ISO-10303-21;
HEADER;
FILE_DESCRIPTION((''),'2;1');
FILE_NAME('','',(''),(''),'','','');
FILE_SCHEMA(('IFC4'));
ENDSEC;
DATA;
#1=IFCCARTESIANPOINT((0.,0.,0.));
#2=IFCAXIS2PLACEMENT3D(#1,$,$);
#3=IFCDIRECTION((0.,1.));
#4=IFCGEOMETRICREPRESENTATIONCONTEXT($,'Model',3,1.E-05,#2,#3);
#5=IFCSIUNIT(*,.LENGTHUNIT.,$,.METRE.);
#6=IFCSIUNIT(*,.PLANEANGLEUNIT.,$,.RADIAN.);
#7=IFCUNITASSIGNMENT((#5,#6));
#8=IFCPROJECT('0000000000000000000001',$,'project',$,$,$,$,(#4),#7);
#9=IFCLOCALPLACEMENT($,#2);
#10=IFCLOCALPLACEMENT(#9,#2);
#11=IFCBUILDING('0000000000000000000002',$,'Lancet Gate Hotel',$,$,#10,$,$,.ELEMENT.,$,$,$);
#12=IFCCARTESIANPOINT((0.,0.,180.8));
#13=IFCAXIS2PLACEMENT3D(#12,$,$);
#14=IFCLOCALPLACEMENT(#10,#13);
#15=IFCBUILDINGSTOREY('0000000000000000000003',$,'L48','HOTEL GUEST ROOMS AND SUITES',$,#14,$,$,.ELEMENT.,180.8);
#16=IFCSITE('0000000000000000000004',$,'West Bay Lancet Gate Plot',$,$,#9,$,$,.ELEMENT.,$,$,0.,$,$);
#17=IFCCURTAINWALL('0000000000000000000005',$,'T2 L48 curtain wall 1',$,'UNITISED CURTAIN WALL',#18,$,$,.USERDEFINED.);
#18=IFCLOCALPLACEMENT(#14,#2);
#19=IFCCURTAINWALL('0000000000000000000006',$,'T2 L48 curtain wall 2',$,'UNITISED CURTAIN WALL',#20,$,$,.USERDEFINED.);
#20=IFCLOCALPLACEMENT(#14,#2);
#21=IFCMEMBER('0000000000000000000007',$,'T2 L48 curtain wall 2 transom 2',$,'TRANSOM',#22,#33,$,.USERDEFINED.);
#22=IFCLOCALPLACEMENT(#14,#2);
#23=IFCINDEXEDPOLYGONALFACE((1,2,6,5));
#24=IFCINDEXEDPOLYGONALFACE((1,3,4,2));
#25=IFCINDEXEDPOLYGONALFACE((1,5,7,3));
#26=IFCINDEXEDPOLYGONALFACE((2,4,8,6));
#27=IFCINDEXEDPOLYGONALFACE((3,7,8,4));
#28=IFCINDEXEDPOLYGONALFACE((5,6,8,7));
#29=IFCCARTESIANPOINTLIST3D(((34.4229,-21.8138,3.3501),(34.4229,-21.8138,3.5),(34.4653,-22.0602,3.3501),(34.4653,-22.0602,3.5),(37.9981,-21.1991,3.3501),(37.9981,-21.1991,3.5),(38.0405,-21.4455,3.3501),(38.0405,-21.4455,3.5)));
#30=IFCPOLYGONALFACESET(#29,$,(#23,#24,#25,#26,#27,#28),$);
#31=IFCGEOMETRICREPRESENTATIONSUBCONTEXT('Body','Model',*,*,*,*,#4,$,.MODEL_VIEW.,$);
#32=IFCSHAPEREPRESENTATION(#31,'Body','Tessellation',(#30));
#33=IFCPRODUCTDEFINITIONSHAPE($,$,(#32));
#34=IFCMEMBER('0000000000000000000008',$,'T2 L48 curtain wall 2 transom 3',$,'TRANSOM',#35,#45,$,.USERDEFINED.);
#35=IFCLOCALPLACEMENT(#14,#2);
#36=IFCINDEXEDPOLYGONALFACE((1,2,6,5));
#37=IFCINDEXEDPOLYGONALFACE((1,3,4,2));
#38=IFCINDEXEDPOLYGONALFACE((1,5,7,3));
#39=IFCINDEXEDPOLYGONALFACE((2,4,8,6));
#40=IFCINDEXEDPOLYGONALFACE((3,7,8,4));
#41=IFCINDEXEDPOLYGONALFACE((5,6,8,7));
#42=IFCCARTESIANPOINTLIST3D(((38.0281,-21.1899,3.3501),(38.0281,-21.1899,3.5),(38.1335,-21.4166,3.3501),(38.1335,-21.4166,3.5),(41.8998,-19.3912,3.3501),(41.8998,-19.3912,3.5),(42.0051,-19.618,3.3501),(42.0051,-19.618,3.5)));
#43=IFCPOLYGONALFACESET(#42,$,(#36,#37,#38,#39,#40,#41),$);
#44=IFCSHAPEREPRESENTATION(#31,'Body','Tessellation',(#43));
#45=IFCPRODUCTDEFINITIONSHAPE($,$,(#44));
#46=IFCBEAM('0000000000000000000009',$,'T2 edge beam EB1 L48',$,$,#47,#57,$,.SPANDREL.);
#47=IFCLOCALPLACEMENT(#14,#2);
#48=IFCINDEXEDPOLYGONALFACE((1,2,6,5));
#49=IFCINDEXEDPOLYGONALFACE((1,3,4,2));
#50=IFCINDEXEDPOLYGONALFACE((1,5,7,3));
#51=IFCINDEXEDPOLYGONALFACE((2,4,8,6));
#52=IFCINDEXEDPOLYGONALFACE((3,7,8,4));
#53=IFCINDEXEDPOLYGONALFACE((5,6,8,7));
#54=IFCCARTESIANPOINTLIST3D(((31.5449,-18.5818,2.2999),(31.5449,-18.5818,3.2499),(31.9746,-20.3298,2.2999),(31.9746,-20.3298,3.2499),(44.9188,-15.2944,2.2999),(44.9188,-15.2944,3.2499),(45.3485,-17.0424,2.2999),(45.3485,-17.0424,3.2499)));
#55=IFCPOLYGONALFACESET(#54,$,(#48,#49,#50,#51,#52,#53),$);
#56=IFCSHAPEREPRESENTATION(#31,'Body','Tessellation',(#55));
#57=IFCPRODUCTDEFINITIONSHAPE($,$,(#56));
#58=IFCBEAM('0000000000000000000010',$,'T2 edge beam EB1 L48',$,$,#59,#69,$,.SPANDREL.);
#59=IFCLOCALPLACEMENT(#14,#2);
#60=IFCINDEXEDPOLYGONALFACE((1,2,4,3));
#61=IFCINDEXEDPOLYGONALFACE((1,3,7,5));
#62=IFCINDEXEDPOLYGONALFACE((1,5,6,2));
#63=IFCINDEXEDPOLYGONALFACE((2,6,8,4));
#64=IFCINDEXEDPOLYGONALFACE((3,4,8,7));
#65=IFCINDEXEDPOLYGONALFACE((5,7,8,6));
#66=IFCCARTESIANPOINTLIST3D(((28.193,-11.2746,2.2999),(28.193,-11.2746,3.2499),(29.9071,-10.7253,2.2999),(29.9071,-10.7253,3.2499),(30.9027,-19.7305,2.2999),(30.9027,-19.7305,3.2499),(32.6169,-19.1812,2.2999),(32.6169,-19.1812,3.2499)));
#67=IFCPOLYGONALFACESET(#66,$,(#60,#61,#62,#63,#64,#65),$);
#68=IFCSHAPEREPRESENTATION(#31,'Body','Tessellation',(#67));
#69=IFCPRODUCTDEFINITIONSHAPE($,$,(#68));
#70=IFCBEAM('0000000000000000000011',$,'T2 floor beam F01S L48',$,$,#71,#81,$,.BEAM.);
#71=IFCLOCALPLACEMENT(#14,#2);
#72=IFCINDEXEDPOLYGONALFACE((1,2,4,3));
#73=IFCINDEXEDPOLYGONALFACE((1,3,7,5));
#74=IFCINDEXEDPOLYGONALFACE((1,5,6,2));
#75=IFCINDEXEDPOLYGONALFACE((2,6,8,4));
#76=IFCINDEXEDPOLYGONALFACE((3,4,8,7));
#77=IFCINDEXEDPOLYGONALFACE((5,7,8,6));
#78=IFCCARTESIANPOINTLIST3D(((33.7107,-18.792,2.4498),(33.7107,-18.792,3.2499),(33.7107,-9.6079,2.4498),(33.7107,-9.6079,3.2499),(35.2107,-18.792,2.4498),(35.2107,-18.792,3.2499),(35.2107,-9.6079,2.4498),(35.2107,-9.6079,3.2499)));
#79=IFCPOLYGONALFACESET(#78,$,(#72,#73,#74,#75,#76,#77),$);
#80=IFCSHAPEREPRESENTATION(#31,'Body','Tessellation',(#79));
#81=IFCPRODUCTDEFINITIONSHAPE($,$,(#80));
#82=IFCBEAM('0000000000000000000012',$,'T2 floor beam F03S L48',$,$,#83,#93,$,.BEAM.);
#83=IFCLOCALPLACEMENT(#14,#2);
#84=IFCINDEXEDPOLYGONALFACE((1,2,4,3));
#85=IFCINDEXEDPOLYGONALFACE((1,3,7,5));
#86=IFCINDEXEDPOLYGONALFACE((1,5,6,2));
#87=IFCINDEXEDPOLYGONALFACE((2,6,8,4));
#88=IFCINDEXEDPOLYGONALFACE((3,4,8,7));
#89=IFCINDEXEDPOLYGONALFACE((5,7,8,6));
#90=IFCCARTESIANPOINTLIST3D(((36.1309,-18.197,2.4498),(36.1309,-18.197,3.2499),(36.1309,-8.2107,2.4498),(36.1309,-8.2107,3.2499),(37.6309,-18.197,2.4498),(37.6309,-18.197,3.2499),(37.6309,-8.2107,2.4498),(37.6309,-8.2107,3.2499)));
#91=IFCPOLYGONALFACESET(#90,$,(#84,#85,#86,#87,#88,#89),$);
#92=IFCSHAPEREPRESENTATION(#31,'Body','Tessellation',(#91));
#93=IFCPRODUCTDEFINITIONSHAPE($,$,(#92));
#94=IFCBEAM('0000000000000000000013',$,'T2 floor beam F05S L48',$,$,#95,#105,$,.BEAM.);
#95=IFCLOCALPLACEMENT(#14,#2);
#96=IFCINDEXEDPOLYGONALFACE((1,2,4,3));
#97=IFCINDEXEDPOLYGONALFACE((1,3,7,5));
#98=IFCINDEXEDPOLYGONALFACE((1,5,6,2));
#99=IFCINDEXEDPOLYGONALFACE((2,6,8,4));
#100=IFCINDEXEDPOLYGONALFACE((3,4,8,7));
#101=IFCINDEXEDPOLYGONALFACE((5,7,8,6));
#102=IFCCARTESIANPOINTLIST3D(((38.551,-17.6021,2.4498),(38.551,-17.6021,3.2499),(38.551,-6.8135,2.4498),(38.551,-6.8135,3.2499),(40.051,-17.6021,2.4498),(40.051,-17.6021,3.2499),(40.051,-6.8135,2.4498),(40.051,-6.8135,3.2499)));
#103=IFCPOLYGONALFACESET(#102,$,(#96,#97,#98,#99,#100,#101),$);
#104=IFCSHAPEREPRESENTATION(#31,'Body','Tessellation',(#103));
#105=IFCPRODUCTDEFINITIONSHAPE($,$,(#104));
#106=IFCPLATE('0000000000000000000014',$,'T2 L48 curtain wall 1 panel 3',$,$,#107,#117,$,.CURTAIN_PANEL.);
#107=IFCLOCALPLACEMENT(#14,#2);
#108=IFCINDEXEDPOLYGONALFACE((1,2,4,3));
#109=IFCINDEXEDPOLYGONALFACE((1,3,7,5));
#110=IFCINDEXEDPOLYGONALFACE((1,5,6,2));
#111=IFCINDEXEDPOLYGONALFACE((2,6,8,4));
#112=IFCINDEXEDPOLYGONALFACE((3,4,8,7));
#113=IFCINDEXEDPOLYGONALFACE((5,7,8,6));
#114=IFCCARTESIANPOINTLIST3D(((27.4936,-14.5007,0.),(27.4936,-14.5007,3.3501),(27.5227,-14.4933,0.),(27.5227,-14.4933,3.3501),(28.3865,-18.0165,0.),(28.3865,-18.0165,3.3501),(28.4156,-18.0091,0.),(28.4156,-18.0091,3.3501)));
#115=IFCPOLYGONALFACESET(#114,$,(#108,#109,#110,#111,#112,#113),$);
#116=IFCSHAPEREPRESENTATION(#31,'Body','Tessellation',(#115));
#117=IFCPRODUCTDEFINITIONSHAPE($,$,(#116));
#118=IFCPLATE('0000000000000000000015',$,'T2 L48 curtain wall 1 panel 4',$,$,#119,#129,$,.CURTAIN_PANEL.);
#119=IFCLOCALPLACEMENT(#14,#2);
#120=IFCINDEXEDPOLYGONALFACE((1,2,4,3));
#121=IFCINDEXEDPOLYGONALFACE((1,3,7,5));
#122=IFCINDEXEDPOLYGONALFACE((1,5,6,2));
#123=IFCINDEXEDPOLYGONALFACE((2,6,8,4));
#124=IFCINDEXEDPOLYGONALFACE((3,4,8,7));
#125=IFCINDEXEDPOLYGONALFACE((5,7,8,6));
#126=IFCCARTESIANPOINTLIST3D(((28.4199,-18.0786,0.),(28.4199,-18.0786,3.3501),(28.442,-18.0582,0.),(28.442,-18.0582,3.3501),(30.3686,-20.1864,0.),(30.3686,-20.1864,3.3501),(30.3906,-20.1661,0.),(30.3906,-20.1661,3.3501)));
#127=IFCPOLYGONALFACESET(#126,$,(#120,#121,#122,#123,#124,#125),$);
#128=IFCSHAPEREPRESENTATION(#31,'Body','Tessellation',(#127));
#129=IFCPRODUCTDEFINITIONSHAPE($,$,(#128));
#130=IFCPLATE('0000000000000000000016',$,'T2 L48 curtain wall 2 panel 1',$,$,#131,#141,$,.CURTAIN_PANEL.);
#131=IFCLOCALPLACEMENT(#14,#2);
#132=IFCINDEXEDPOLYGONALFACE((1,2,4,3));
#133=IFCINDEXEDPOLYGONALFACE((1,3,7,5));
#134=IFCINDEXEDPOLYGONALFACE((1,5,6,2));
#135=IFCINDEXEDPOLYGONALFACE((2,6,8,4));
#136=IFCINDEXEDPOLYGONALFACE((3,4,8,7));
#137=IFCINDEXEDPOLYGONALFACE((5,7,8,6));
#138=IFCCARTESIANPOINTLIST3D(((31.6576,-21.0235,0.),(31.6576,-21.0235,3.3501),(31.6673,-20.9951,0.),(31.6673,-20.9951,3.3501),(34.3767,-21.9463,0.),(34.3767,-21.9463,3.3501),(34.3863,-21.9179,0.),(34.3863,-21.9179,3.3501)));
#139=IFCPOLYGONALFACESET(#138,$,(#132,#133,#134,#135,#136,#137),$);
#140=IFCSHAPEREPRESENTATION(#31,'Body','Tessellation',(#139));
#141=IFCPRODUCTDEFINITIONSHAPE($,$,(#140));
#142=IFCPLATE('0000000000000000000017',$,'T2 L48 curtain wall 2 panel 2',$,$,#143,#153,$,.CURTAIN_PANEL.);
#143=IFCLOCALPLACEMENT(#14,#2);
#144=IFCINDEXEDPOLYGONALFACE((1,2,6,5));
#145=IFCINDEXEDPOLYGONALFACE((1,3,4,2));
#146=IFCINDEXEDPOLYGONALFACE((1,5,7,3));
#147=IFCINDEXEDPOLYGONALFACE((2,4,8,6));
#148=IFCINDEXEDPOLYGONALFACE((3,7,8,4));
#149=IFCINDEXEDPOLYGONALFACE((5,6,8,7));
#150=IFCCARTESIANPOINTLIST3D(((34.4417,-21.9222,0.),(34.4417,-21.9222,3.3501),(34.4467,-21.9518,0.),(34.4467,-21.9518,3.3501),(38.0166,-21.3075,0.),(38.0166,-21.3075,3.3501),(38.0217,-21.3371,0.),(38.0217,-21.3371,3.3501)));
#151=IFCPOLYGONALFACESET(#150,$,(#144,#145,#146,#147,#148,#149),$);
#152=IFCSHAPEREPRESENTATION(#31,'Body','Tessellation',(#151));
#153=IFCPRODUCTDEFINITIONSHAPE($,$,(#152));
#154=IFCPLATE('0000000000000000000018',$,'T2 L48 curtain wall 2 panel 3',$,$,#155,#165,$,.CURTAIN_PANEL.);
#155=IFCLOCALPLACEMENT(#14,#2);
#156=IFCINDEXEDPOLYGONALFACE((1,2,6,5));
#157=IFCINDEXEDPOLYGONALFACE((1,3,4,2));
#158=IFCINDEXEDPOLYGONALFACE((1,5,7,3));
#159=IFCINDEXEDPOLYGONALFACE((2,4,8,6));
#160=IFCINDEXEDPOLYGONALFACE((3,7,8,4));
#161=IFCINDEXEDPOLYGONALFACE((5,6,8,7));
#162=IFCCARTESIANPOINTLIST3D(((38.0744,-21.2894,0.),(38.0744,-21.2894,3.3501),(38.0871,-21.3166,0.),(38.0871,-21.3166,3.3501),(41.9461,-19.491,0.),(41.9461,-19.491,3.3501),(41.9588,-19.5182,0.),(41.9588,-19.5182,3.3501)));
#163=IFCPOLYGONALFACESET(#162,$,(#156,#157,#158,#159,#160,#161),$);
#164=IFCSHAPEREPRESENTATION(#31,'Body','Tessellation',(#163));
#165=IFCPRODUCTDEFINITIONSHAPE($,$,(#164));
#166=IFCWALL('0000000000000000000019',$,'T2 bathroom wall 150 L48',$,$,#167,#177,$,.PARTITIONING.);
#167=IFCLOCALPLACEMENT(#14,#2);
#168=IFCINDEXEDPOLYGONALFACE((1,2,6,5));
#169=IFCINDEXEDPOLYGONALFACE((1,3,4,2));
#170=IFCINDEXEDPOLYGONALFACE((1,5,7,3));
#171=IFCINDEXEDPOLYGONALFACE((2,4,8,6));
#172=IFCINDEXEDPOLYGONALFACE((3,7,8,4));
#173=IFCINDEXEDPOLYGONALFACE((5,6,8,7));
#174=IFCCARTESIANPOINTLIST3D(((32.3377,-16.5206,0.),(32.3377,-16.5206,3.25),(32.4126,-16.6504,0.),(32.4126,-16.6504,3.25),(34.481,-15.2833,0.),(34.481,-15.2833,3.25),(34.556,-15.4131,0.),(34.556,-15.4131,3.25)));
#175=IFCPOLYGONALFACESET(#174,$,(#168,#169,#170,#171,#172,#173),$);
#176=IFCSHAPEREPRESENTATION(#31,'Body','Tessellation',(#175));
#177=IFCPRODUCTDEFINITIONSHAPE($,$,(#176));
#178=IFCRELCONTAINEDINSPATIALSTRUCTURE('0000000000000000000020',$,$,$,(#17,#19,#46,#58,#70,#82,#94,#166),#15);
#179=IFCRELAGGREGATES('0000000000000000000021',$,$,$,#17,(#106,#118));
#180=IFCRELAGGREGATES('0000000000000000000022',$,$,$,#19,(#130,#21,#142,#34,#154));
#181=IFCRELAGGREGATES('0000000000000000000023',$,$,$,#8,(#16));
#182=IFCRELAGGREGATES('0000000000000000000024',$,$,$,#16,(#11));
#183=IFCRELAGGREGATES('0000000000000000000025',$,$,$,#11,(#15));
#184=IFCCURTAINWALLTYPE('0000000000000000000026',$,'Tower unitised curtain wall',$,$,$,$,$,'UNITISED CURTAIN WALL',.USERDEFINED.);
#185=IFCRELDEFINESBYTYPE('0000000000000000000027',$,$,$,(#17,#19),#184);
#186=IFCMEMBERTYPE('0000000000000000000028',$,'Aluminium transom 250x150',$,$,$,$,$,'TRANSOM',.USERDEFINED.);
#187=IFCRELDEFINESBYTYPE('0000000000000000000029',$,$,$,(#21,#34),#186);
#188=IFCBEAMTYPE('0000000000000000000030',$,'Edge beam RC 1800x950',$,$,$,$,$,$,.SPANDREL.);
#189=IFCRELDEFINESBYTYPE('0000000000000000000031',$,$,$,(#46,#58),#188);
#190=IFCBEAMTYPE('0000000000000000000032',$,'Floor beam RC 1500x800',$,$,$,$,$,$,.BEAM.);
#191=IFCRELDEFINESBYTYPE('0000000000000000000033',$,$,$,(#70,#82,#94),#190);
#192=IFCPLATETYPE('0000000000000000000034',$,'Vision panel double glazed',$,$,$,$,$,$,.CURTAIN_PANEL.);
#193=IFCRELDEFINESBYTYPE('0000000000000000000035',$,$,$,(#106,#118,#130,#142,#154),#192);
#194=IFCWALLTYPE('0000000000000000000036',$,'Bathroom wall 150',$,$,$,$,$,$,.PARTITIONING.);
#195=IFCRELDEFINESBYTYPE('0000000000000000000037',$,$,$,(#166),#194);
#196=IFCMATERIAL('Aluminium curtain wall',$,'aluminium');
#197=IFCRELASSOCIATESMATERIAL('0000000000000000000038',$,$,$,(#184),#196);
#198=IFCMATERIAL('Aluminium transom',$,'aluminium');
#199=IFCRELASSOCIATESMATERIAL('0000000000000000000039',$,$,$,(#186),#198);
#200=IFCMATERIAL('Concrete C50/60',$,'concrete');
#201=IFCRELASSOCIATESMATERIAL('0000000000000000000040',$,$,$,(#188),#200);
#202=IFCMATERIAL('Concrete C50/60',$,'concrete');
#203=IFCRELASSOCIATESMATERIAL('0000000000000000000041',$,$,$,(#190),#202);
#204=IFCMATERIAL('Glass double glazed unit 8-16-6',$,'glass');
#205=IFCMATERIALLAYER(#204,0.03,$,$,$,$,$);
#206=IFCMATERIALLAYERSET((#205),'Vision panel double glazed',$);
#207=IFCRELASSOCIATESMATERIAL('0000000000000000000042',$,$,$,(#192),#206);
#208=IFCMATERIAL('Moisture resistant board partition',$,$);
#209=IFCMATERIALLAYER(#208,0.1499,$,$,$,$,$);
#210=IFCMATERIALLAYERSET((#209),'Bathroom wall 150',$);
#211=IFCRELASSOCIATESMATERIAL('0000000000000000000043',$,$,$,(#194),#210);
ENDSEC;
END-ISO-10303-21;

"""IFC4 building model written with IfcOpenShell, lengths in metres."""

from ifc_helpers import new_model, si_unit, direction, frame, frame_2d, origin, origin_2d, place, context, subcontext, project, spatial, rectangle, extrude, material, layer, layer_set, material_profile, profile_set, type_object, element, aggregate, save


model = new_model("IFC4")

# Units and contexts
model_context = context("Model", 3, precision=1e-05, world=origin(), true_north=direction((0.0, 1.0)))
body_context = subcontext(model_context, "Body", "Model", "MODEL_VIEW")
ifc_project = project(units=[si_unit("LENGTHUNIT", "METRE"), si_unit("PLANEANGLEUNIT", "RADIAN")], contexts=[model_context])

# Site, building, storey
site_placement = place(None, origin())
site = spatial("IfcSite", under=ifc_project, at=site_placement, Name="West Bay Lancet Gate Plot", CompositionType="ELEMENT", RefElevation=0.0)
building_placement = place(site_placement, origin())
building = spatial("IfcBuilding", under=site, at=building_placement, Name="Lancet Gate Hotel", CompositionType="ELEMENT")
storey_placement = place(building_placement, frame((0.0, 0.0, 180.8)))
storey = spatial("IfcBuildingStorey", under=building, at=storey_placement, Name="L48", Description="HOTEL GUEST ROOMS AND SUITES", CompositionType="ELEMENT", Elevation=180.8)

# Curtain walls
ifc_material_1 = material(Name="Aluminium curtain wall", Category="aluminium")
curtain_wall_type = type_object("IfcCurtainWallType", Name="Tower unitised curtain wall", ElementType="UNITISED CURTAIN WALL", PredefinedType="USERDEFINED", material=ifc_material_1)
curtain_wall_1_placement = place(storey_placement, origin())
curtain_wall_1 = element("IfcCurtainWall", 1, at=curtain_wall_1_placement, inside=storey, type_object=curtain_wall_type, Name="T2 L48 curtain wall 1", ObjectType="UNITISED CURTAIN WALL", PredefinedType="USERDEFINED")
curtain_wall_2_placement = place(storey_placement, origin())
curtain_wall_2 = element("IfcCurtainWall", 2, at=curtain_wall_2_placement, inside=storey, type_object=curtain_wall_type, Name="T2 L48 curtain wall 2", ObjectType="UNITISED CURTAIN WALL", PredefinedType="USERDEFINED")

# Members
ifc_material_2 = material(Name="Aluminium transom", Category="aluminium")
ifc_material_profile_1 = material_profile(ifc_material_2, rectangle(XDim=0.25, YDim=0.1499, at=origin_2d()), Name="TRANSOM 250x150")
ifc_profile_set_1 = profile_set([ifc_material_profile_1], Name="Aluminium transom")
member_type_1 = type_object("IfcMemberType", Name="Aluminium transom 250x150", ElementType="TRANSOM", PredefinedType="USERDEFINED", material=ifc_profile_set_1)
member_1_placement = place(storey_placement, frame((34.4441, -21.937, 3.425), z_axis=(0.985537, 0.169461, 0.0), x_axis=(-0.169461, 0.985537, 0.0)))
member_1 = element("IfcMember", 3, at=member_1_placement, type_object=member_type_1, Name="T2 L48 curtain wall 2 transom 2", ObjectType="TRANSOM", PredefinedType="USERDEFINED", context=body_context, shape_type="SweptSolid", body=[
    extrude(rectangle(XDim=0.25, YDim=0.1499, at=origin_2d()), origin(), (0.0, 0.0, 1.0), 3.6277),
])
member_2_placement = place(storey_placement, frame((38.0808, -21.3032, 3.425), z_axis=(0.906914, 0.421316, 0.0), x_axis=(-0.421316, 0.906914, 0.0)))
member_2 = element("IfcMember", 4, at=member_2_placement, type_object=member_type_1, Name="T2 L48 curtain wall 2 transom 3", ObjectType="TRANSOM", PredefinedType="USERDEFINED", context=body_context, shape_type="SweptSolid", body=[
    extrude(rectangle(XDim=0.25, YDim=0.1499, at=origin_2d()), origin(), (0.0, 0.0, 1.0), 4.269),
])

# Beams
ifc_material_3 = material(Name="Concrete C50/60", Category="concrete")
ifc_material_profile_2 = material_profile(ifc_material_3, rectangle(XDim=1.8, YDim=0.95, at=origin_2d()), Name="RC 1800x950")
ifc_profile_set_2 = profile_set([ifc_material_profile_2], Name="Concrete C50/60")
beam_type_1 = type_object("IfcBeamType", Name="Edge beam RC 1800x950", PredefinedType="SPANDREL", material=ifc_profile_set_2)
beam_1_placement = place(storey_placement, frame((31.7598, -19.4558, 2.7749), z_axis=(0.971093, 0.2387, 0.0), x_axis=(-0.2387, 0.971093, 0.0)))
element("IfcBeam", 5, at=beam_1_placement, inside=storey, type_object=beam_type_1, Name="T2 edge beam EB1 L48", PredefinedType="SPANDREL", context=body_context, shape_type="SweptSolid", body=[
    extrude(rectangle(XDim=1.8, YDim=0.95, at=origin_2d()), origin(), (0.0, 0.0, 1.0), 13.772),
])
beam_2_placement = place(storey_placement, frame((31.7598, -19.4558, 2.7749), z_axis=(-0.30517, 0.952298, 0.0), x_axis=(-0.952298, -0.30517, 0.0)))
element("IfcBeam", 6, at=beam_2_placement, inside=storey, type_object=beam_type_1, Name="T2 edge beam EB1 L48", PredefinedType="SPANDREL", context=body_context, shape_type="SweptSolid", body=[
    extrude(rectangle(XDim=1.8, YDim=0.95, at=origin_2d()), origin(), (0.0, 0.0, 1.0), 8.8794),
])
ifc_material_4 = material(Name="Concrete C50/60", Category="concrete")
ifc_material_profile_3 = material_profile(ifc_material_4, rectangle(XDim=1.5, YDim=0.8, at=origin_2d()), Name="RC 1500x800")
ifc_profile_set_3 = profile_set([ifc_material_profile_3], Name="Concrete C50/60")
beam_type_2 = type_object("IfcBeamType", Name="Floor beam RC 1500x800", PredefinedType="BEAM", material=ifc_profile_set_3)
beam_3_placement = place(storey_placement, frame((34.4607, -18.792, 2.8499), z_axis=(0.0, 1.0, 0.0), x_axis=(-1.0, 0.0, 0.0)))
element("IfcBeam", 7, at=beam_3_placement, inside=storey, type_object=beam_type_2, Name="T2 floor beam F01S L48", PredefinedType="BEAM", context=body_context, shape_type="SweptSolid", body=[
    extrude(rectangle(XDim=1.5, YDim=0.8, at=origin_2d()), origin(), (0.0, 0.0, 1.0), 9.1841),
])
beam_4_placement = place(storey_placement, frame((36.8809, -18.197, 2.8499), z_axis=(0.0, 1.0, 0.0), x_axis=(-1.0, 0.0, 0.0)))
element("IfcBeam", 8, at=beam_4_placement, inside=storey, type_object=beam_type_2, Name="T2 floor beam F03S L48", PredefinedType="BEAM", context=body_context, shape_type="SweptSolid", body=[
    extrude(rectangle(XDim=1.5, YDim=0.8, at=origin_2d()), origin(), (0.0, 0.0, 1.0), 9.9863),
])
beam_5_placement = place(storey_placement, frame((39.301, -17.6021, 2.8499), z_axis=(0.0, 1.0, 0.0), x_axis=(-1.0, 0.0, 0.0)))
element("IfcBeam", 9, at=beam_5_placement, inside=storey, type_object=beam_type_2, Name="T2 floor beam F05S L48", PredefinedType="BEAM", context=body_context, shape_type="SweptSolid", body=[
    extrude(rectangle(XDim=1.5, YDim=0.8, at=origin_2d()), origin(), (0.0, 0.0, 1.0), 10.7886),
])

# Plates
ifc_material_5 = material(Name="Glass double glazed unit 8-16-6", Category="glass")
ifc_layer_1 = layer(ifc_material_5, 0.03)
ifc_layer_set_1 = layer_set([ifc_layer_1], Name="Vision panel double glazed")
plate_type = type_object("IfcPlateType", Name="Vision panel double glazed", PredefinedType="CURTAIN_PANEL", material=ifc_layer_set_1)
plate_1_placement = place(storey_placement, frame((27.9546, -16.2549, 0.0), z_axis=(0.0, 0.0, 1.0), x_axis=(0.246167, -0.969228, 0.0)))
plate_1 = element("IfcPlate", 10, at=plate_1_placement, type_object=plate_type, Name="T2 L48 curtain wall 1 panel 3", PredefinedType="CURTAIN_PANEL", context=body_context, shape_type="SweptSolid", body=[
    extrude(rectangle(XDim=3.6274, YDim=0.03, at=origin_2d()), origin(), (0.0, 0.0, 1.0), 3.3501),
])
plate_2_placement = place(storey_placement, frame((29.4053, -19.1223, 0.0), z_axis=(0.0, 0.0, 1.0), x_axis=(0.678831, -0.734294, 0.0)))
plate_2 = element("IfcPlate", 11, at=plate_2_placement, type_object=plate_type, Name="T2 L48 curtain wall 1 panel 4", PredefinedType="CURTAIN_PANEL", context=body_context, shape_type="SweptSolid", body=[
    extrude(rectangle(XDim=2.8706, YDim=0.03, at=origin_2d()), origin(), (0.0, 0.0, 1.0), 3.3501),
])
aggregate(curtain_wall_1, [plate_1, plate_2])
plate_3_placement = place(storey_placement, frame((33.022, -21.4707, 0.0), z_axis=(0.0, 0.0, 1.0), x_axis=(0.946952, -0.321374, 0.0)))
plate_3 = element("IfcPlate", 12, at=plate_3_placement, type_object=plate_type, Name="T2 L48 curtain wall 2 panel 1", PredefinedType="CURTAIN_PANEL", context=body_context, shape_type="SweptSolid", body=[
    extrude(rectangle(XDim=2.8713, YDim=0.03, at=origin_2d()), origin(), (0.0, 0.0, 1.0), 3.3501),
])
plate_4_placement = place(storey_placement, frame((36.2317, -21.6296, 0.0), z_axis=(0.0, 0.0, 1.0), x_axis=(0.98554, 0.169445, 0.0)))
plate_4 = element("IfcPlate", 13, at=plate_4_placement, type_object=plate_type, Name="T2 L48 curtain wall 2 panel 2", PredefinedType="CURTAIN_PANEL", context=body_context, shape_type="SweptSolid", body=[
    extrude(rectangle(XDim=3.6274, YDim=0.03, at=origin_2d()), origin(), (0.0, 0.0, 1.0), 3.3501),
])
plate_5_placement = place(storey_placement, frame((40.0166, -20.4038, 0.0), z_axis=(0.0, 0.0, 1.0), x_axis=(0.906935, 0.421271, 0.0)))
plate_5 = element("IfcPlate", 14, at=plate_5_placement, type_object=plate_type, Name="T2 L48 curtain wall 2 panel 3", PredefinedType="CURTAIN_PANEL", context=body_context, shape_type="SweptSolid", body=[
    extrude(rectangle(XDim=4.269, YDim=0.03, at=origin_2d()), origin(), (0.0, 0.0, 1.0), 3.3501),
])
aggregate(curtain_wall_2, [plate_3, member_1, plate_4, member_2, plate_5])

# Wall
ifc_material_6 = material(Name="Moisture resistant board partition")
ifc_layer_2 = layer(ifc_material_6, 0.1499)
ifc_layer_set_2 = layer_set([ifc_layer_2], Name="Bathroom wall 150")
wall_type_1 = type_object("IfcWallType", Name="Bathroom wall 150", PredefinedType="PARTITIONING", material=ifc_layer_set_2)
wall_1_placement = place(storey_placement, frame((32.3752, -16.5854, 0.0), z_axis=(0.0, 0.0, 1.0), x_axis=(0.866049, 0.499959, 0.0)))
element("IfcWall", 15, at=wall_1_placement, inside=storey, type_object=wall_type_1, Name="T2 bathroom wall 150 L48", PredefinedType="PARTITIONING", context=body_context, shape_type="SweptSolid", body=[
    extrude(rectangle(XDim=2.4749, YDim=0.1499, at=frame_2d((1.2373, 0.0))), origin(), (0.0, 0.0, 1.0), 3.25),
])

save(model, "model.ifc")
